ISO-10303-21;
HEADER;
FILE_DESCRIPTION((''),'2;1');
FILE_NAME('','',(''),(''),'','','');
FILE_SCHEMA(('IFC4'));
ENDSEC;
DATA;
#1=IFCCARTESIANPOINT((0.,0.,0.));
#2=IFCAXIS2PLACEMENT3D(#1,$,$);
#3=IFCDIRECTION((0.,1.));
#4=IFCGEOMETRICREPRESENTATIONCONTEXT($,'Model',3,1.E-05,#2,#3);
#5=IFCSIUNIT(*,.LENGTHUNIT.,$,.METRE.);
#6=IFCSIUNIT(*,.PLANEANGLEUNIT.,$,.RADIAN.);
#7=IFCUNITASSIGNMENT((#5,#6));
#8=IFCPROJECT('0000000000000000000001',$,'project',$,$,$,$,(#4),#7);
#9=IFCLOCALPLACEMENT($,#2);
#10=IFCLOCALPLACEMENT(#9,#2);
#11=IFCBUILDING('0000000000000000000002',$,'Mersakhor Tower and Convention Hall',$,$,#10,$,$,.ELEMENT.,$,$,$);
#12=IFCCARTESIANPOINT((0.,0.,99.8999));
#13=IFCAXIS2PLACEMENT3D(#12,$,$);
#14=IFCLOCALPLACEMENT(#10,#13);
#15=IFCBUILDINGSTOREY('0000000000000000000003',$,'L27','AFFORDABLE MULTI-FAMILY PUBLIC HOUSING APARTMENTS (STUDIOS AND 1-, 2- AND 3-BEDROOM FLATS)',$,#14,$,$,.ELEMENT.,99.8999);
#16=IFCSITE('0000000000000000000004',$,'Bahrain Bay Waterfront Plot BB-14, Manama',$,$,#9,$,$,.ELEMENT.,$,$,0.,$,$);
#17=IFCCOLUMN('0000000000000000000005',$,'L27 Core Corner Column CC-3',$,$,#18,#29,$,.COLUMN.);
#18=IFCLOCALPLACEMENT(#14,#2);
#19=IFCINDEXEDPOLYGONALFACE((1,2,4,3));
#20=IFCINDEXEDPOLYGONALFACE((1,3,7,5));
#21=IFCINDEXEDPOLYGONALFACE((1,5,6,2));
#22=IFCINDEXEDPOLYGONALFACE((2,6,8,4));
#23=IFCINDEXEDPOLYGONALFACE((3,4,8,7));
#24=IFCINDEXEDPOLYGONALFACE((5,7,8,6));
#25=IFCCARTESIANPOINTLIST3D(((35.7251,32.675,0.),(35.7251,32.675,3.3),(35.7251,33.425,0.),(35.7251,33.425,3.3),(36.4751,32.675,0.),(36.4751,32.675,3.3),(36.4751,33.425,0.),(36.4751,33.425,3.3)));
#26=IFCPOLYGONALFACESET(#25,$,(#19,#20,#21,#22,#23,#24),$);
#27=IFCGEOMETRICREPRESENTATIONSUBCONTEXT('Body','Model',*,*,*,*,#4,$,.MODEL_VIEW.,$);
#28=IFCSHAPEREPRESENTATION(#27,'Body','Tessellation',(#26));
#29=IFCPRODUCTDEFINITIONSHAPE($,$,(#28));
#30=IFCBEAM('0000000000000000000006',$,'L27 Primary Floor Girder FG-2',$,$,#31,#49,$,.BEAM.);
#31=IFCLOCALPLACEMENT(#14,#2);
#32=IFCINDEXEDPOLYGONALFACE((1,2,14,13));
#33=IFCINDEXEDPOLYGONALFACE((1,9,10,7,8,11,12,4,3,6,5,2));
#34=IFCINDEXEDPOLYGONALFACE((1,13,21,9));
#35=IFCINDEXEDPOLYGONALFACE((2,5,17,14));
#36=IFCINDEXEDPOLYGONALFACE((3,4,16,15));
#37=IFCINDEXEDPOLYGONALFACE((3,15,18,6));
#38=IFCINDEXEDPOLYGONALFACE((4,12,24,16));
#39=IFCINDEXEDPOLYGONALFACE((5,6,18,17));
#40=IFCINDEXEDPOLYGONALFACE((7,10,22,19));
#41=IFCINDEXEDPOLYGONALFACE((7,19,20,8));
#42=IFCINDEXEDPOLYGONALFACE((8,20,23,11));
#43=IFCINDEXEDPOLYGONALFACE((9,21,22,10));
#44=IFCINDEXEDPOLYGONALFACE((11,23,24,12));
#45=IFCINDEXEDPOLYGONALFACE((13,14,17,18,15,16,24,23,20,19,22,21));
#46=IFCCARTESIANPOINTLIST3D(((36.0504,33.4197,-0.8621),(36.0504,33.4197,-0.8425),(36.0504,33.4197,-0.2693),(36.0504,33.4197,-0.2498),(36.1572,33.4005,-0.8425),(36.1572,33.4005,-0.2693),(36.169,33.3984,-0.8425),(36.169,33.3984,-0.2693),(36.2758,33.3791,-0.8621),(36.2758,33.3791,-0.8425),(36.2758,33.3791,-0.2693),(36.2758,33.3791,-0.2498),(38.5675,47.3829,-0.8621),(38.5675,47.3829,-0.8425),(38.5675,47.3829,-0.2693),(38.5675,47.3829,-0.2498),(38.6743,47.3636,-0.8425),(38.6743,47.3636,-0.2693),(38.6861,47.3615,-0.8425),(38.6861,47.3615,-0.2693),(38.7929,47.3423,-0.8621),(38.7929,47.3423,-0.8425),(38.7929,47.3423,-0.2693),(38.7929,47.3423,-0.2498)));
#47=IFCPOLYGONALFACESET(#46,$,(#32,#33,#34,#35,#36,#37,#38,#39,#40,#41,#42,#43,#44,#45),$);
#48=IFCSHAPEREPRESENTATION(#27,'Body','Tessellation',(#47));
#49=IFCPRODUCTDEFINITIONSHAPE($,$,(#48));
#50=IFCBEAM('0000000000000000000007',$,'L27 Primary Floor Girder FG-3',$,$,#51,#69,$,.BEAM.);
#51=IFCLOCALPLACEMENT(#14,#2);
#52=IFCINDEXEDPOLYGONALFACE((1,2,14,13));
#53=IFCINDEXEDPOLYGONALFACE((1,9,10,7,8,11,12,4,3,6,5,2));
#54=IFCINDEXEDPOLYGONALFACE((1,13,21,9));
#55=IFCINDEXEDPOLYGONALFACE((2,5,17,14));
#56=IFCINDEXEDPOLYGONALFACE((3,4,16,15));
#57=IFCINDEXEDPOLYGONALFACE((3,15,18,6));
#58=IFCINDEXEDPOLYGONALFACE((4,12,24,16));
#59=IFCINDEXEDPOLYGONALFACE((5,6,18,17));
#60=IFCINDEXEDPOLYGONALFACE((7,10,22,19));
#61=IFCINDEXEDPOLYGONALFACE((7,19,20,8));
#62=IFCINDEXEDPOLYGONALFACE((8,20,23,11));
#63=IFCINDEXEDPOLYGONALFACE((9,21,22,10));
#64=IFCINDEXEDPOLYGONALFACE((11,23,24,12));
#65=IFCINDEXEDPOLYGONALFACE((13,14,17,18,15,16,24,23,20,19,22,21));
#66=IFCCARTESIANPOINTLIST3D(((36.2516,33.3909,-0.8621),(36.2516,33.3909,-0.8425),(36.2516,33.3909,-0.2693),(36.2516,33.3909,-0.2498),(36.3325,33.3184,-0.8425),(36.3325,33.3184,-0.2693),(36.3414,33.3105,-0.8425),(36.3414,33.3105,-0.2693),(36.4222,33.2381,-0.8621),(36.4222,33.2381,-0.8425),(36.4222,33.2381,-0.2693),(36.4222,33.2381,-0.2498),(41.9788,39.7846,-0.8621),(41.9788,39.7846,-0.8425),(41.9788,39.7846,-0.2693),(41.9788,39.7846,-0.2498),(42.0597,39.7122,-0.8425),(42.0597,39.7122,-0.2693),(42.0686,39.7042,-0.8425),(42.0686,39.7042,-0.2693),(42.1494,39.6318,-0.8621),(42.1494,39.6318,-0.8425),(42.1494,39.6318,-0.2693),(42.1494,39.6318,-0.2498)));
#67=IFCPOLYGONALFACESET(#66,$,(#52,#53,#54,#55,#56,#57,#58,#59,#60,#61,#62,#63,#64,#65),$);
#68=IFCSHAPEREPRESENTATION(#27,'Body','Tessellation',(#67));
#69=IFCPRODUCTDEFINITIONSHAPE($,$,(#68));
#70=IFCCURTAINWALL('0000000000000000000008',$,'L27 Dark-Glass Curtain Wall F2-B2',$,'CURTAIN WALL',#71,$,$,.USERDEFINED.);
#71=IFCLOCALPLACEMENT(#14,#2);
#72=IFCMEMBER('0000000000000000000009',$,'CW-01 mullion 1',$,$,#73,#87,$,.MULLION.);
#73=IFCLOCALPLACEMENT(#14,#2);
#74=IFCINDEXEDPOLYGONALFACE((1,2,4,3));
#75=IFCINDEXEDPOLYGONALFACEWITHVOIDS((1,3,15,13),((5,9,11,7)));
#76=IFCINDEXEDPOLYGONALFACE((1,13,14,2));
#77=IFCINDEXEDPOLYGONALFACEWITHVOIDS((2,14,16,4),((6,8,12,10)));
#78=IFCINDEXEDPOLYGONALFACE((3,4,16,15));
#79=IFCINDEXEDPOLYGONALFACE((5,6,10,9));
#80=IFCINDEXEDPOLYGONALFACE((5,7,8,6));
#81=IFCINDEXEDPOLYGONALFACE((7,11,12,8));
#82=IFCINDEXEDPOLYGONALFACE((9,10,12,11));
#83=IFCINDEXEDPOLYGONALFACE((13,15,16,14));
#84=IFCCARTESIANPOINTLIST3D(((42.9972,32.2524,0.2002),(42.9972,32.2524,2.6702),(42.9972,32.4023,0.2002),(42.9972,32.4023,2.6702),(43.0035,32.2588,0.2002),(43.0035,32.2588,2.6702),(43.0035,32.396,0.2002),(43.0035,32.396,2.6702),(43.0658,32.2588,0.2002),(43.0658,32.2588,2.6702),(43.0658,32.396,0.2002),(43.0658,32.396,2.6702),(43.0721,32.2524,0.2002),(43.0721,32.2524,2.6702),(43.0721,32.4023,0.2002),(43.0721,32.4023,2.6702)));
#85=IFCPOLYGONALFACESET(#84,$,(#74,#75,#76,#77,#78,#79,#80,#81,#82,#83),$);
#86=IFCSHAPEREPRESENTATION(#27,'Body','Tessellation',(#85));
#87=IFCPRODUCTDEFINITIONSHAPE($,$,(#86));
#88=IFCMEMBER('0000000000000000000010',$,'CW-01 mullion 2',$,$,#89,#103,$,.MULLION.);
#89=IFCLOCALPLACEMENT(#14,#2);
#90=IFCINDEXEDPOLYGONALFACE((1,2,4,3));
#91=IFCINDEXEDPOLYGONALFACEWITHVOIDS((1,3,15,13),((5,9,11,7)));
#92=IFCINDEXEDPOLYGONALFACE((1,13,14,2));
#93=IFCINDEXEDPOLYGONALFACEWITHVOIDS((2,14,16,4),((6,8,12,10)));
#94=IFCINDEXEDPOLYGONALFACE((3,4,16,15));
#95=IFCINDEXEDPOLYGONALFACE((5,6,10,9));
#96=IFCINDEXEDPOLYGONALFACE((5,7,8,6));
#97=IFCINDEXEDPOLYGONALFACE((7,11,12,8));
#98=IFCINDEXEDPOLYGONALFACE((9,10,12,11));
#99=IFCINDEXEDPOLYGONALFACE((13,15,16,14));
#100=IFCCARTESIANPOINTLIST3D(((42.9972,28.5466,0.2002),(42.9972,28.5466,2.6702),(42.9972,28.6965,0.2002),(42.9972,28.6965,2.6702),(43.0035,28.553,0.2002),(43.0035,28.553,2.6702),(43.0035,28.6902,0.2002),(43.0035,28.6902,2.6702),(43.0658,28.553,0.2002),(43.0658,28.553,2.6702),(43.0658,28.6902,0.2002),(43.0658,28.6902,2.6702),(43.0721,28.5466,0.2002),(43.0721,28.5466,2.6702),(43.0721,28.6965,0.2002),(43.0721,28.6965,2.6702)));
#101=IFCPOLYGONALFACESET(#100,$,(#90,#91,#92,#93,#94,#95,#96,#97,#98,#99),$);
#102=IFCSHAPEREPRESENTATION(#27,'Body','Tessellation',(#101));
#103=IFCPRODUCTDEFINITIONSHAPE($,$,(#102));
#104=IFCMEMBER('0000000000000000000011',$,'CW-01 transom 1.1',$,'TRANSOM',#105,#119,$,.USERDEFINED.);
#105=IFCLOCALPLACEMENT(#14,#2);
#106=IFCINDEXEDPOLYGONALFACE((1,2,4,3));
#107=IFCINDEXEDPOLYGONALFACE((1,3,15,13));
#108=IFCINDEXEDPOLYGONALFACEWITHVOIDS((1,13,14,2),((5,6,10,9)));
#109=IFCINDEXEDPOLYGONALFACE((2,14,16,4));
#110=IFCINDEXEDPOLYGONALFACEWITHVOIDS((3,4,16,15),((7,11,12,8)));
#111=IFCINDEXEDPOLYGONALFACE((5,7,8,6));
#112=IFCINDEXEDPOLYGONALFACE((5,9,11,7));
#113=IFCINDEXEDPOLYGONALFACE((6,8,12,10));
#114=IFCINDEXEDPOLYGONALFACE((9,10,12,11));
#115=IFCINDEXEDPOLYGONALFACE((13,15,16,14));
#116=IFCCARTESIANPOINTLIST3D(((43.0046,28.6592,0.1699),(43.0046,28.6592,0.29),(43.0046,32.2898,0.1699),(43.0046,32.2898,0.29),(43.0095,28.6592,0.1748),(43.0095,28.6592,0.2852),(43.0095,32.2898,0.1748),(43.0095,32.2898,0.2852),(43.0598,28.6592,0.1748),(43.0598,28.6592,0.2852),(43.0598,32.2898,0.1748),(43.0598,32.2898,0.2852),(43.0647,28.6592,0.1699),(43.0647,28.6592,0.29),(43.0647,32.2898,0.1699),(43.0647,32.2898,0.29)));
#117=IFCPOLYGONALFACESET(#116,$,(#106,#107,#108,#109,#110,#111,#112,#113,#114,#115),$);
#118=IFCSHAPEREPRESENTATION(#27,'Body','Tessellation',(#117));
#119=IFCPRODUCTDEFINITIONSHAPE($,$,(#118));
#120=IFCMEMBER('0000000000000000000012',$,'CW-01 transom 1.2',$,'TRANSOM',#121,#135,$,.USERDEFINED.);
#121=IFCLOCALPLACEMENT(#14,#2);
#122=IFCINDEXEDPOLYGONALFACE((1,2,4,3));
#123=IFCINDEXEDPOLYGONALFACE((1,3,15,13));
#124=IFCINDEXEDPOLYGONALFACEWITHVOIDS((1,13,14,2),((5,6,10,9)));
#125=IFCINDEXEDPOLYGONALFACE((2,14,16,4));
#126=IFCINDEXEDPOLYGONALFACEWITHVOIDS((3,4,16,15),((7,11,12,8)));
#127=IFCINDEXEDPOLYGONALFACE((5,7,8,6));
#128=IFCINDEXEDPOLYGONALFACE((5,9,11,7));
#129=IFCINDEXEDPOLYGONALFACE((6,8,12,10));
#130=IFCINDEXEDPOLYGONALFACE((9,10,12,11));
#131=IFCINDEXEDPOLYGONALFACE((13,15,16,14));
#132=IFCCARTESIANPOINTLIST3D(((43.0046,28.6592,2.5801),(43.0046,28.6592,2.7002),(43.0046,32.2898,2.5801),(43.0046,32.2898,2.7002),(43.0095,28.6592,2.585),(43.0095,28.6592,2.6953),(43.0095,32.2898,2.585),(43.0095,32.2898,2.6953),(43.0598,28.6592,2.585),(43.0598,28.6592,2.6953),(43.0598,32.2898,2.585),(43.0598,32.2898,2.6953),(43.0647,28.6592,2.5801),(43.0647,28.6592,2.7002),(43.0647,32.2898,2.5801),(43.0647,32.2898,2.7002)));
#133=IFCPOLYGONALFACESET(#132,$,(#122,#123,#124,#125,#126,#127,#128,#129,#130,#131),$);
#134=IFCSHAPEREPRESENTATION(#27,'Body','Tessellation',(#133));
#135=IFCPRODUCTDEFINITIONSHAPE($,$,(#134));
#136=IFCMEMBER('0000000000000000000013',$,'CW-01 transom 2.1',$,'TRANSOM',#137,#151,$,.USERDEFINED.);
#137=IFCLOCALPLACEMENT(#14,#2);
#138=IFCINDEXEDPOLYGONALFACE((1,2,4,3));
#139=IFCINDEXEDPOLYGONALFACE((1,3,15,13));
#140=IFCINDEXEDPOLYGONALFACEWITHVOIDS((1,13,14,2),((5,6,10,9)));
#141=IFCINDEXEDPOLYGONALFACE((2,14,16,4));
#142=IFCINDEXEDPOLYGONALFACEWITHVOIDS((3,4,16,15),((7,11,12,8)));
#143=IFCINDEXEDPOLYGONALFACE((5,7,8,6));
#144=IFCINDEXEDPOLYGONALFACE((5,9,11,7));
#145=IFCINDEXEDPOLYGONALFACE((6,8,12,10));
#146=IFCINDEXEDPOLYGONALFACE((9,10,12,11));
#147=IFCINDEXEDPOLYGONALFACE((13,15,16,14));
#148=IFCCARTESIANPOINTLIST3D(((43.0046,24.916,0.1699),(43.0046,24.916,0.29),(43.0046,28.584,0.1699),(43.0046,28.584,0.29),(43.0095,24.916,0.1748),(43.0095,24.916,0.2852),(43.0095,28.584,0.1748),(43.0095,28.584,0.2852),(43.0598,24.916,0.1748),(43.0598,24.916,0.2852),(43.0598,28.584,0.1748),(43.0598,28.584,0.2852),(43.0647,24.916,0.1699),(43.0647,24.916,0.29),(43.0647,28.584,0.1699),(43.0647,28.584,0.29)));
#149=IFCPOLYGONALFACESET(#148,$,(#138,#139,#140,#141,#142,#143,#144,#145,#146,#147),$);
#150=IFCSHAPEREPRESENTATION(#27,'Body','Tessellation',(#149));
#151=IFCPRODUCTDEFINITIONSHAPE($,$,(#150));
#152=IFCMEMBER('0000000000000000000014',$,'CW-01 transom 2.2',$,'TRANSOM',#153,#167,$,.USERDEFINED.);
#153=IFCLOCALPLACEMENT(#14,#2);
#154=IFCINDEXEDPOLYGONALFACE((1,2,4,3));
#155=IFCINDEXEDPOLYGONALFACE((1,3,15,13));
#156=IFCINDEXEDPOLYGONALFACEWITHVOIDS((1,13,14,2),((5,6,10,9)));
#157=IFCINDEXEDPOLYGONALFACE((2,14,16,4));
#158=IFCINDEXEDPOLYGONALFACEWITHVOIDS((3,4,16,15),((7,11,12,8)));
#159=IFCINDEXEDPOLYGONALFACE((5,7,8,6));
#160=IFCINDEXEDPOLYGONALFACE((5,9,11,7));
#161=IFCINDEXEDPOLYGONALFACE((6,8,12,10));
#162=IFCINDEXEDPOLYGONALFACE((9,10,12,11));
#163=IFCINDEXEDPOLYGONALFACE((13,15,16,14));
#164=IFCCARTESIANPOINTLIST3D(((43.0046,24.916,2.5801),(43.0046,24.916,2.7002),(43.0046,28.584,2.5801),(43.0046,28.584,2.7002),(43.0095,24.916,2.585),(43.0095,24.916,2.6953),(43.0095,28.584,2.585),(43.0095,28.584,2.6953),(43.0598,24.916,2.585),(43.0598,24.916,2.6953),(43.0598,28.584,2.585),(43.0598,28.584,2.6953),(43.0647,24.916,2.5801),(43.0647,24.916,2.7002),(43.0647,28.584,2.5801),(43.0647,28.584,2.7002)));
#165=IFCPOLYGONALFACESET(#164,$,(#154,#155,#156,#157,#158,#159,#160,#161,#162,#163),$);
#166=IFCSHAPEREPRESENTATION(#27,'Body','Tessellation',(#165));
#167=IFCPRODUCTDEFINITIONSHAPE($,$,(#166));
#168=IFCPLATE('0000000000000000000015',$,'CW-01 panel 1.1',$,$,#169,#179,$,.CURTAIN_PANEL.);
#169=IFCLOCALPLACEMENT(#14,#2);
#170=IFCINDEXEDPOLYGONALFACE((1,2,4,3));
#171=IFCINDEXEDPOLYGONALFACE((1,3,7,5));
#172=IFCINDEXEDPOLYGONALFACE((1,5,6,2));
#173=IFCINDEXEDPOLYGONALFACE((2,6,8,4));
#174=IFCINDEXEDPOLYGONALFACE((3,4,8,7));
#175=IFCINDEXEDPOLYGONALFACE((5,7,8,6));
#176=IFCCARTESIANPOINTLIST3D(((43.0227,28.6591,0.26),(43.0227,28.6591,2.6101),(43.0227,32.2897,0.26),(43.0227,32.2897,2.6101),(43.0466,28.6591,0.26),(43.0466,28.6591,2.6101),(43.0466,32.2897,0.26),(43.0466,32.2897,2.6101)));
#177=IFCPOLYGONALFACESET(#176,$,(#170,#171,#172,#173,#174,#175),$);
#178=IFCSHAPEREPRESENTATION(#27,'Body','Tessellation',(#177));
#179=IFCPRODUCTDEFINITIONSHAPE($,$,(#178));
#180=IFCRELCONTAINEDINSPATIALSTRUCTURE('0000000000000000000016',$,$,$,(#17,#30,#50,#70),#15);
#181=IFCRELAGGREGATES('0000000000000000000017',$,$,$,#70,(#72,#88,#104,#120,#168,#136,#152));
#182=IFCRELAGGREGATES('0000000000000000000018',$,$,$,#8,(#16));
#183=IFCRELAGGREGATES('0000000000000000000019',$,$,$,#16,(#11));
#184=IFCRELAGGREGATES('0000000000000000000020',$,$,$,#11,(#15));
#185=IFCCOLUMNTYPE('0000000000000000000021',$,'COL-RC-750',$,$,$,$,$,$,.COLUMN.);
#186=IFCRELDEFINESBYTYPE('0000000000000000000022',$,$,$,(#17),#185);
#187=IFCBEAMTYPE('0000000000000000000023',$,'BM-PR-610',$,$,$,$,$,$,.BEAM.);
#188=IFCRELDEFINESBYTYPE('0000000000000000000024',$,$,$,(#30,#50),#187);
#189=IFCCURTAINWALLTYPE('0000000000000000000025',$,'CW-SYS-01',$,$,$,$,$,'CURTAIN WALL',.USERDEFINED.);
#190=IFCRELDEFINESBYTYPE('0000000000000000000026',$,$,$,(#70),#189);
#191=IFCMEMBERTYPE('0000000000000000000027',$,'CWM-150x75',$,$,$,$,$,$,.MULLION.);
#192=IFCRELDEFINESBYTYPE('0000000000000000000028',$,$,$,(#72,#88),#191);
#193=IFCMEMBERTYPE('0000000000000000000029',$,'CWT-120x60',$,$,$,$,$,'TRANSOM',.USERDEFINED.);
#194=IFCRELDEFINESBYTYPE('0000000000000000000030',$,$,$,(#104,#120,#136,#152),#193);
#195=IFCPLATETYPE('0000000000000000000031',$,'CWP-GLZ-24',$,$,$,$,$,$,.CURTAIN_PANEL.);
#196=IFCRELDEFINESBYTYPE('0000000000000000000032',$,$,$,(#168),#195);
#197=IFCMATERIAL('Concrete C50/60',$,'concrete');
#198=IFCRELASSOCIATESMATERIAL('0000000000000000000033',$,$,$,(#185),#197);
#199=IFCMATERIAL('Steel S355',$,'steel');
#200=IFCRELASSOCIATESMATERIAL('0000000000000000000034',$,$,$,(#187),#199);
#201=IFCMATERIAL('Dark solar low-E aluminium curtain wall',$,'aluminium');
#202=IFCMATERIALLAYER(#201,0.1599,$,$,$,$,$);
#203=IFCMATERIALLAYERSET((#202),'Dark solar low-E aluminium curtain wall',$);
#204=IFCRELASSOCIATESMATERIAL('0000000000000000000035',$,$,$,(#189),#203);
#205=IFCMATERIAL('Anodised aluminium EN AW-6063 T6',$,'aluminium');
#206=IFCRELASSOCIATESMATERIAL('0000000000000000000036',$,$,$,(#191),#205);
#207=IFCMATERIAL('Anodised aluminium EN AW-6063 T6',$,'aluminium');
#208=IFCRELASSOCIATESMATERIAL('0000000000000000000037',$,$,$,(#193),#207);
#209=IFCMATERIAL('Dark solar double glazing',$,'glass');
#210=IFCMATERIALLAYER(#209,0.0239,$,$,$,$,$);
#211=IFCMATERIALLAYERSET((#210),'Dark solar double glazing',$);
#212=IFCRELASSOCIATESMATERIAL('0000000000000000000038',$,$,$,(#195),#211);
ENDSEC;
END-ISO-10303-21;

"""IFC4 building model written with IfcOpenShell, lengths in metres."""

from ifc_helpers import new_model, si_unit, direction, frame, origin, origin_2d, place, context, subcontext, project, spatial, rectangle, hollow_rectangle, i_section, extrude, material, layer, layer_set, material_profile, profile_set, type_object, element, aggregate, save


model = new_model("IFC4")

# Units and contexts
model_context = context("Model", 3, precision=1e-05, world=origin(), true_north=direction((0.0, 1.0)))
body_context = subcontext(model_context, "Body", "Model", "MODEL_VIEW")
ifc_project = project(units=[si_unit("LENGTHUNIT", "METRE"), si_unit("PLANEANGLEUNIT", "RADIAN")], contexts=[model_context])

# Site, building, storey
site_placement = place(None, origin())
site = spatial("IfcSite", under=ifc_project, at=site_placement, Name="Bahrain Bay Waterfront Plot BB-14, Manama", CompositionType="ELEMENT", RefElevation=0.0)
building_placement = place(site_placement, origin())
building = spatial("IfcBuilding", under=site, at=building_placement, Name="Mersakhor Tower and Convention Hall", CompositionType="ELEMENT")
storey_placement = place(building_placement, frame((0.0, 0.0, 99.8999)))
storey = spatial("IfcBuildingStorey", under=building, at=storey_placement, Name="L27", Description="AFFORDABLE MULTI-FAMILY PUBLIC HOUSING APARTMENTS (STUDIOS AND 1-, 2- AND 3-BEDROOM FLATS)", CompositionType="ELEMENT", Elevation=99.8999)

# Column
ifc_material_1 = material(Name="Concrete C50/60", Category="concrete")
ifc_material_profile_1 = material_profile(ifc_material_1, rectangle(XDim=0.75, YDim=0.75, at=origin_2d()), Name="RC 750x750")
ifc_profile_set_1 = profile_set([ifc_material_profile_1], Name="Concrete C50/60")
column_type = type_object("IfcColumnType", Name="COL-RC-750", PredefinedType="COLUMN", material=ifc_profile_set_1)
column_placement = place(storey_placement, frame((36.1001, 33.05, 0.0), z_axis=(0.0, 0.0, 1.0), x_axis=(1.0, 0.0, 0.0)))
element("IfcColumn", 1, at=column_placement, inside=storey, type_object=column_type, Name="L27 Core Corner Column CC-3", PredefinedType="COLUMN", context=body_context, shape_type="SweptSolid", body=[
    extrude(rectangle(XDim=0.75, YDim=0.75, at=origin_2d()), origin(), (0.0, 0.0, 1.0), 3.3),
])

# Beams
ifc_material_2 = material(Name="Steel S355", Category="steel")
ifc_material_profile_2 = material_profile(ifc_material_2, i_section(OverallWidth=0.229, OverallDepth=0.6123, WebThickness=0.012, FlangeThickness=0.0195, at=origin_2d()), Name="UB 610x229x125")
ifc_profile_set_2 = profile_set([ifc_material_profile_2], Name="Steel S355")
beam_type = type_object("IfcBeamType", Name="BM-PR-610", PredefinedType="BEAM", material=ifc_profile_set_2)
beam_1_placement = place(storey_placement, frame((36.1631, 33.3994, -0.5559), z_axis=(0.177407, 0.984138, 0.0), x_axis=(-0.984138, 0.177407, 0.0)))
element("IfcBeam", 2, at=beam_1_placement, inside=storey, type_object=beam_type, Name="L27 Primary Floor Girder FG-2", PredefinedType="BEAM", context=body_context, shape_type="SweptSolid", body=[
    extrude(i_section(OverallWidth=0.229, OverallDepth=0.6123, WebThickness=0.012, FlangeThickness=0.0195, at=origin_2d()), origin(), (0.0, 0.0, 1.0), 14.1882),
])
beam_2_placement = place(storey_placement, frame((36.3369, 33.3145, -0.5559), z_axis=(0.667217, 0.744863, 0.0), x_axis=(-0.744863, 0.667217, 0.0)))
element("IfcBeam", 3, at=beam_2_placement, inside=storey, type_object=beam_type, Name="L27 Primary Floor Girder FG-3", PredefinedType="BEAM", context=body_context, shape_type="SweptSolid", body=[
    extrude(i_section(OverallWidth=0.229, OverallDepth=0.6123, WebThickness=0.012, FlangeThickness=0.0195, at=origin_2d()), origin(), (0.0, 0.0, 1.0), 8.5837),
])

# Curtain wall, members, plate
ifc_material_3 = material(Name="Dark solar low-E aluminium curtain wall", Category="aluminium")
ifc_layer_1 = layer(ifc_material_3, 0.1599)
ifc_layer_set_1 = layer_set([ifc_layer_1], Name="Dark solar low-E aluminium curtain wall")
curtain_wall_type = type_object("IfcCurtainWallType", Name="CW-SYS-01", ElementType="CURTAIN WALL", PredefinedType="USERDEFINED", material=ifc_layer_set_1)
curtain_wall_placement = place(storey_placement, origin())
curtain_wall = element("IfcCurtainWall", 4, at=curtain_wall_placement, inside=storey, type_object=curtain_wall_type, Name="L27 Dark-Glass Curtain Wall F2-B2", ObjectType="CURTAIN WALL", PredefinedType="USERDEFINED")
ifc_material_4 = material(Name="Anodised aluminium EN AW-6063 T6", Category="aluminium")
ifc_material_profile_3 = material_profile(ifc_material_4, hollow_rectangle(XDim=0.075, YDim=0.1499, WallThickness=0.0063, at=origin_2d()), Name="RHS 150x75x6.3")
ifc_profile_set_3 = profile_set([ifc_material_profile_3], Name="Anodised aluminium EN AW-6063 T6")
member_type_1 = type_object("IfcMemberType", Name="CWM-150x75", PredefinedType="MULLION", material=ifc_profile_set_3)
member_1_placement = place(storey_placement, frame((43.0347, 32.3274, 0.2002), z_axis=(0.0, 0.0, 1.0), x_axis=(1.0, 0.0, 0.0)))
member_1 = element("IfcMember", 5, at=member_1_placement, type_object=member_type_1, Name="CW-01 mullion 1", PredefinedType="MULLION", context=body_context, shape_type="SweptSolid", body=[
    extrude(hollow_rectangle(XDim=0.075, YDim=0.1499, WallThickness=0.0063, at=origin_2d()), origin(), (0.0, 0.0, 1.0), 2.47),
])
member_2_placement = place(storey_placement, frame((43.0347, 28.6216, 0.2002), z_axis=(0.0, 0.0, 1.0), x_axis=(1.0, 0.0, 0.0)))
member_2 = element("IfcMember", 6, at=member_2_placement, type_object=member_type_1, Name="CW-01 mullion 2", PredefinedType="MULLION", context=body_context, shape_type="SweptSolid", body=[
    extrude(hollow_rectangle(XDim=0.075, YDim=0.1499, WallThickness=0.0063, at=origin_2d()), origin(), (0.0, 0.0, 1.0), 2.47),
])
ifc_material_5 = material(Name="Anodised aluminium EN AW-6063 T6", Category="aluminium")
ifc_material_profile_4 = material_profile(ifc_material_5, hollow_rectangle(XDim=0.0601, YDim=0.1201, WallThickness=0.0049, at=origin_2d()), Name="RHS 120x60x5")
ifc_profile_set_4 = profile_set([ifc_material_profile_4], Name="Anodised aluminium EN AW-6063 T6")
member_type_2 = type_object("IfcMemberType", Name="CWT-120x60", ElementType="TRANSOM", PredefinedType="USERDEFINED", material=ifc_profile_set_4)
member_3_placement = place(storey_placement, frame((43.0347, 32.2898, 0.23), z_axis=(0.0, -1.0, 0.0), x_axis=(1.0, 0.0, 0.0)))
member_3 = element("IfcMember", 7, at=member_3_placement, type_object=member_type_2, Name="CW-01 transom 1.1", ObjectType="TRANSOM", PredefinedType="USERDEFINED", context=body_context, shape_type="SweptSolid", body=[
    extrude(hollow_rectangle(XDim=0.0601, YDim=0.1201, WallThickness=0.0049, at=origin_2d()), origin(), (0.0, 0.0, 1.0), 3.6306),
])
member_4_placement = place(storey_placement, frame((43.0347, 32.2898, 2.6401), z_axis=(0.0, -1.0, 0.0), x_axis=(1.0, 0.0, 0.0)))
member_4 = element("IfcMember", 8, at=member_4_placement, type_object=member_type_2, Name="CW-01 transom 1.2", ObjectType="TRANSOM", PredefinedType="USERDEFINED", context=body_context, shape_type="SweptSolid", body=[
    extrude(hollow_rectangle(XDim=0.0601, YDim=0.1201, WallThickness=0.0049, at=origin_2d()), origin(), (0.0, 0.0, 1.0), 3.6306),
])
member_5_placement = place(storey_placement, frame((43.0347, 28.584, 0.23), z_axis=(0.0, -1.0, 0.0), x_axis=(1.0, 0.0, 0.0)))
member_5 = element("IfcMember", 9, at=member_5_placement, type_object=member_type_2, Name="CW-01 transom 2.1", ObjectType="TRANSOM", PredefinedType="USERDEFINED", context=body_context, shape_type="SweptSolid", body=[
    extrude(hollow_rectangle(XDim=0.0601, YDim=0.1201, WallThickness=0.0049, at=origin_2d()), origin(), (0.0, 0.0, 1.0), 3.668),
])
member_6_placement = place(storey_placement, frame((43.0347, 28.584, 2.6401), z_axis=(0.0, -1.0, 0.0), x_axis=(1.0, 0.0, 0.0)))
member_6 = element("IfcMember", 10, at=member_6_placement, type_object=member_type_2, Name="CW-01 transom 2.2", ObjectType="TRANSOM", PredefinedType="USERDEFINED", context=body_context, shape_type="SweptSolid", body=[
    extrude(hollow_rectangle(XDim=0.0601, YDim=0.1201, WallThickness=0.0049, at=origin_2d()), origin(), (0.0, 0.0, 1.0), 3.668),
])
ifc_material_6 = material(Name="Dark solar double glazing", Category="glass")
ifc_layer_2 = layer(ifc_material_6, 0.0239)
ifc_layer_set_2 = layer_set([ifc_layer_2], Name="Dark solar double glazing")
plate_type_1 = type_object("IfcPlateType", Name="CWP-GLZ-24", PredefinedType="CURTAIN_PANEL", material=ifc_layer_set_2)
plate_1_placement = place(storey_placement, frame((43.0347, 30.4744, 0.26), z_axis=(0.0, 0.0, 1.0), x_axis=(0.0, -1.0, 0.0)))
plate_1 = element("IfcPlate", 11, at=plate_1_placement, type_object=plate_type_1, Name="CW-01 panel 1.1", PredefinedType="CURTAIN_PANEL", context=body_context, shape_type="SweptSolid", body=[
    extrude(rectangle(XDim=3.6306, YDim=0.0239, at=origin_2d()), origin(), (0.0, 0.0, 1.0), 2.3501),
])
aggregate(curtain_wall, [member_1, member_2, member_3, member_4, plate_1, member_5, member_6])

save(model, "model.ifc")
